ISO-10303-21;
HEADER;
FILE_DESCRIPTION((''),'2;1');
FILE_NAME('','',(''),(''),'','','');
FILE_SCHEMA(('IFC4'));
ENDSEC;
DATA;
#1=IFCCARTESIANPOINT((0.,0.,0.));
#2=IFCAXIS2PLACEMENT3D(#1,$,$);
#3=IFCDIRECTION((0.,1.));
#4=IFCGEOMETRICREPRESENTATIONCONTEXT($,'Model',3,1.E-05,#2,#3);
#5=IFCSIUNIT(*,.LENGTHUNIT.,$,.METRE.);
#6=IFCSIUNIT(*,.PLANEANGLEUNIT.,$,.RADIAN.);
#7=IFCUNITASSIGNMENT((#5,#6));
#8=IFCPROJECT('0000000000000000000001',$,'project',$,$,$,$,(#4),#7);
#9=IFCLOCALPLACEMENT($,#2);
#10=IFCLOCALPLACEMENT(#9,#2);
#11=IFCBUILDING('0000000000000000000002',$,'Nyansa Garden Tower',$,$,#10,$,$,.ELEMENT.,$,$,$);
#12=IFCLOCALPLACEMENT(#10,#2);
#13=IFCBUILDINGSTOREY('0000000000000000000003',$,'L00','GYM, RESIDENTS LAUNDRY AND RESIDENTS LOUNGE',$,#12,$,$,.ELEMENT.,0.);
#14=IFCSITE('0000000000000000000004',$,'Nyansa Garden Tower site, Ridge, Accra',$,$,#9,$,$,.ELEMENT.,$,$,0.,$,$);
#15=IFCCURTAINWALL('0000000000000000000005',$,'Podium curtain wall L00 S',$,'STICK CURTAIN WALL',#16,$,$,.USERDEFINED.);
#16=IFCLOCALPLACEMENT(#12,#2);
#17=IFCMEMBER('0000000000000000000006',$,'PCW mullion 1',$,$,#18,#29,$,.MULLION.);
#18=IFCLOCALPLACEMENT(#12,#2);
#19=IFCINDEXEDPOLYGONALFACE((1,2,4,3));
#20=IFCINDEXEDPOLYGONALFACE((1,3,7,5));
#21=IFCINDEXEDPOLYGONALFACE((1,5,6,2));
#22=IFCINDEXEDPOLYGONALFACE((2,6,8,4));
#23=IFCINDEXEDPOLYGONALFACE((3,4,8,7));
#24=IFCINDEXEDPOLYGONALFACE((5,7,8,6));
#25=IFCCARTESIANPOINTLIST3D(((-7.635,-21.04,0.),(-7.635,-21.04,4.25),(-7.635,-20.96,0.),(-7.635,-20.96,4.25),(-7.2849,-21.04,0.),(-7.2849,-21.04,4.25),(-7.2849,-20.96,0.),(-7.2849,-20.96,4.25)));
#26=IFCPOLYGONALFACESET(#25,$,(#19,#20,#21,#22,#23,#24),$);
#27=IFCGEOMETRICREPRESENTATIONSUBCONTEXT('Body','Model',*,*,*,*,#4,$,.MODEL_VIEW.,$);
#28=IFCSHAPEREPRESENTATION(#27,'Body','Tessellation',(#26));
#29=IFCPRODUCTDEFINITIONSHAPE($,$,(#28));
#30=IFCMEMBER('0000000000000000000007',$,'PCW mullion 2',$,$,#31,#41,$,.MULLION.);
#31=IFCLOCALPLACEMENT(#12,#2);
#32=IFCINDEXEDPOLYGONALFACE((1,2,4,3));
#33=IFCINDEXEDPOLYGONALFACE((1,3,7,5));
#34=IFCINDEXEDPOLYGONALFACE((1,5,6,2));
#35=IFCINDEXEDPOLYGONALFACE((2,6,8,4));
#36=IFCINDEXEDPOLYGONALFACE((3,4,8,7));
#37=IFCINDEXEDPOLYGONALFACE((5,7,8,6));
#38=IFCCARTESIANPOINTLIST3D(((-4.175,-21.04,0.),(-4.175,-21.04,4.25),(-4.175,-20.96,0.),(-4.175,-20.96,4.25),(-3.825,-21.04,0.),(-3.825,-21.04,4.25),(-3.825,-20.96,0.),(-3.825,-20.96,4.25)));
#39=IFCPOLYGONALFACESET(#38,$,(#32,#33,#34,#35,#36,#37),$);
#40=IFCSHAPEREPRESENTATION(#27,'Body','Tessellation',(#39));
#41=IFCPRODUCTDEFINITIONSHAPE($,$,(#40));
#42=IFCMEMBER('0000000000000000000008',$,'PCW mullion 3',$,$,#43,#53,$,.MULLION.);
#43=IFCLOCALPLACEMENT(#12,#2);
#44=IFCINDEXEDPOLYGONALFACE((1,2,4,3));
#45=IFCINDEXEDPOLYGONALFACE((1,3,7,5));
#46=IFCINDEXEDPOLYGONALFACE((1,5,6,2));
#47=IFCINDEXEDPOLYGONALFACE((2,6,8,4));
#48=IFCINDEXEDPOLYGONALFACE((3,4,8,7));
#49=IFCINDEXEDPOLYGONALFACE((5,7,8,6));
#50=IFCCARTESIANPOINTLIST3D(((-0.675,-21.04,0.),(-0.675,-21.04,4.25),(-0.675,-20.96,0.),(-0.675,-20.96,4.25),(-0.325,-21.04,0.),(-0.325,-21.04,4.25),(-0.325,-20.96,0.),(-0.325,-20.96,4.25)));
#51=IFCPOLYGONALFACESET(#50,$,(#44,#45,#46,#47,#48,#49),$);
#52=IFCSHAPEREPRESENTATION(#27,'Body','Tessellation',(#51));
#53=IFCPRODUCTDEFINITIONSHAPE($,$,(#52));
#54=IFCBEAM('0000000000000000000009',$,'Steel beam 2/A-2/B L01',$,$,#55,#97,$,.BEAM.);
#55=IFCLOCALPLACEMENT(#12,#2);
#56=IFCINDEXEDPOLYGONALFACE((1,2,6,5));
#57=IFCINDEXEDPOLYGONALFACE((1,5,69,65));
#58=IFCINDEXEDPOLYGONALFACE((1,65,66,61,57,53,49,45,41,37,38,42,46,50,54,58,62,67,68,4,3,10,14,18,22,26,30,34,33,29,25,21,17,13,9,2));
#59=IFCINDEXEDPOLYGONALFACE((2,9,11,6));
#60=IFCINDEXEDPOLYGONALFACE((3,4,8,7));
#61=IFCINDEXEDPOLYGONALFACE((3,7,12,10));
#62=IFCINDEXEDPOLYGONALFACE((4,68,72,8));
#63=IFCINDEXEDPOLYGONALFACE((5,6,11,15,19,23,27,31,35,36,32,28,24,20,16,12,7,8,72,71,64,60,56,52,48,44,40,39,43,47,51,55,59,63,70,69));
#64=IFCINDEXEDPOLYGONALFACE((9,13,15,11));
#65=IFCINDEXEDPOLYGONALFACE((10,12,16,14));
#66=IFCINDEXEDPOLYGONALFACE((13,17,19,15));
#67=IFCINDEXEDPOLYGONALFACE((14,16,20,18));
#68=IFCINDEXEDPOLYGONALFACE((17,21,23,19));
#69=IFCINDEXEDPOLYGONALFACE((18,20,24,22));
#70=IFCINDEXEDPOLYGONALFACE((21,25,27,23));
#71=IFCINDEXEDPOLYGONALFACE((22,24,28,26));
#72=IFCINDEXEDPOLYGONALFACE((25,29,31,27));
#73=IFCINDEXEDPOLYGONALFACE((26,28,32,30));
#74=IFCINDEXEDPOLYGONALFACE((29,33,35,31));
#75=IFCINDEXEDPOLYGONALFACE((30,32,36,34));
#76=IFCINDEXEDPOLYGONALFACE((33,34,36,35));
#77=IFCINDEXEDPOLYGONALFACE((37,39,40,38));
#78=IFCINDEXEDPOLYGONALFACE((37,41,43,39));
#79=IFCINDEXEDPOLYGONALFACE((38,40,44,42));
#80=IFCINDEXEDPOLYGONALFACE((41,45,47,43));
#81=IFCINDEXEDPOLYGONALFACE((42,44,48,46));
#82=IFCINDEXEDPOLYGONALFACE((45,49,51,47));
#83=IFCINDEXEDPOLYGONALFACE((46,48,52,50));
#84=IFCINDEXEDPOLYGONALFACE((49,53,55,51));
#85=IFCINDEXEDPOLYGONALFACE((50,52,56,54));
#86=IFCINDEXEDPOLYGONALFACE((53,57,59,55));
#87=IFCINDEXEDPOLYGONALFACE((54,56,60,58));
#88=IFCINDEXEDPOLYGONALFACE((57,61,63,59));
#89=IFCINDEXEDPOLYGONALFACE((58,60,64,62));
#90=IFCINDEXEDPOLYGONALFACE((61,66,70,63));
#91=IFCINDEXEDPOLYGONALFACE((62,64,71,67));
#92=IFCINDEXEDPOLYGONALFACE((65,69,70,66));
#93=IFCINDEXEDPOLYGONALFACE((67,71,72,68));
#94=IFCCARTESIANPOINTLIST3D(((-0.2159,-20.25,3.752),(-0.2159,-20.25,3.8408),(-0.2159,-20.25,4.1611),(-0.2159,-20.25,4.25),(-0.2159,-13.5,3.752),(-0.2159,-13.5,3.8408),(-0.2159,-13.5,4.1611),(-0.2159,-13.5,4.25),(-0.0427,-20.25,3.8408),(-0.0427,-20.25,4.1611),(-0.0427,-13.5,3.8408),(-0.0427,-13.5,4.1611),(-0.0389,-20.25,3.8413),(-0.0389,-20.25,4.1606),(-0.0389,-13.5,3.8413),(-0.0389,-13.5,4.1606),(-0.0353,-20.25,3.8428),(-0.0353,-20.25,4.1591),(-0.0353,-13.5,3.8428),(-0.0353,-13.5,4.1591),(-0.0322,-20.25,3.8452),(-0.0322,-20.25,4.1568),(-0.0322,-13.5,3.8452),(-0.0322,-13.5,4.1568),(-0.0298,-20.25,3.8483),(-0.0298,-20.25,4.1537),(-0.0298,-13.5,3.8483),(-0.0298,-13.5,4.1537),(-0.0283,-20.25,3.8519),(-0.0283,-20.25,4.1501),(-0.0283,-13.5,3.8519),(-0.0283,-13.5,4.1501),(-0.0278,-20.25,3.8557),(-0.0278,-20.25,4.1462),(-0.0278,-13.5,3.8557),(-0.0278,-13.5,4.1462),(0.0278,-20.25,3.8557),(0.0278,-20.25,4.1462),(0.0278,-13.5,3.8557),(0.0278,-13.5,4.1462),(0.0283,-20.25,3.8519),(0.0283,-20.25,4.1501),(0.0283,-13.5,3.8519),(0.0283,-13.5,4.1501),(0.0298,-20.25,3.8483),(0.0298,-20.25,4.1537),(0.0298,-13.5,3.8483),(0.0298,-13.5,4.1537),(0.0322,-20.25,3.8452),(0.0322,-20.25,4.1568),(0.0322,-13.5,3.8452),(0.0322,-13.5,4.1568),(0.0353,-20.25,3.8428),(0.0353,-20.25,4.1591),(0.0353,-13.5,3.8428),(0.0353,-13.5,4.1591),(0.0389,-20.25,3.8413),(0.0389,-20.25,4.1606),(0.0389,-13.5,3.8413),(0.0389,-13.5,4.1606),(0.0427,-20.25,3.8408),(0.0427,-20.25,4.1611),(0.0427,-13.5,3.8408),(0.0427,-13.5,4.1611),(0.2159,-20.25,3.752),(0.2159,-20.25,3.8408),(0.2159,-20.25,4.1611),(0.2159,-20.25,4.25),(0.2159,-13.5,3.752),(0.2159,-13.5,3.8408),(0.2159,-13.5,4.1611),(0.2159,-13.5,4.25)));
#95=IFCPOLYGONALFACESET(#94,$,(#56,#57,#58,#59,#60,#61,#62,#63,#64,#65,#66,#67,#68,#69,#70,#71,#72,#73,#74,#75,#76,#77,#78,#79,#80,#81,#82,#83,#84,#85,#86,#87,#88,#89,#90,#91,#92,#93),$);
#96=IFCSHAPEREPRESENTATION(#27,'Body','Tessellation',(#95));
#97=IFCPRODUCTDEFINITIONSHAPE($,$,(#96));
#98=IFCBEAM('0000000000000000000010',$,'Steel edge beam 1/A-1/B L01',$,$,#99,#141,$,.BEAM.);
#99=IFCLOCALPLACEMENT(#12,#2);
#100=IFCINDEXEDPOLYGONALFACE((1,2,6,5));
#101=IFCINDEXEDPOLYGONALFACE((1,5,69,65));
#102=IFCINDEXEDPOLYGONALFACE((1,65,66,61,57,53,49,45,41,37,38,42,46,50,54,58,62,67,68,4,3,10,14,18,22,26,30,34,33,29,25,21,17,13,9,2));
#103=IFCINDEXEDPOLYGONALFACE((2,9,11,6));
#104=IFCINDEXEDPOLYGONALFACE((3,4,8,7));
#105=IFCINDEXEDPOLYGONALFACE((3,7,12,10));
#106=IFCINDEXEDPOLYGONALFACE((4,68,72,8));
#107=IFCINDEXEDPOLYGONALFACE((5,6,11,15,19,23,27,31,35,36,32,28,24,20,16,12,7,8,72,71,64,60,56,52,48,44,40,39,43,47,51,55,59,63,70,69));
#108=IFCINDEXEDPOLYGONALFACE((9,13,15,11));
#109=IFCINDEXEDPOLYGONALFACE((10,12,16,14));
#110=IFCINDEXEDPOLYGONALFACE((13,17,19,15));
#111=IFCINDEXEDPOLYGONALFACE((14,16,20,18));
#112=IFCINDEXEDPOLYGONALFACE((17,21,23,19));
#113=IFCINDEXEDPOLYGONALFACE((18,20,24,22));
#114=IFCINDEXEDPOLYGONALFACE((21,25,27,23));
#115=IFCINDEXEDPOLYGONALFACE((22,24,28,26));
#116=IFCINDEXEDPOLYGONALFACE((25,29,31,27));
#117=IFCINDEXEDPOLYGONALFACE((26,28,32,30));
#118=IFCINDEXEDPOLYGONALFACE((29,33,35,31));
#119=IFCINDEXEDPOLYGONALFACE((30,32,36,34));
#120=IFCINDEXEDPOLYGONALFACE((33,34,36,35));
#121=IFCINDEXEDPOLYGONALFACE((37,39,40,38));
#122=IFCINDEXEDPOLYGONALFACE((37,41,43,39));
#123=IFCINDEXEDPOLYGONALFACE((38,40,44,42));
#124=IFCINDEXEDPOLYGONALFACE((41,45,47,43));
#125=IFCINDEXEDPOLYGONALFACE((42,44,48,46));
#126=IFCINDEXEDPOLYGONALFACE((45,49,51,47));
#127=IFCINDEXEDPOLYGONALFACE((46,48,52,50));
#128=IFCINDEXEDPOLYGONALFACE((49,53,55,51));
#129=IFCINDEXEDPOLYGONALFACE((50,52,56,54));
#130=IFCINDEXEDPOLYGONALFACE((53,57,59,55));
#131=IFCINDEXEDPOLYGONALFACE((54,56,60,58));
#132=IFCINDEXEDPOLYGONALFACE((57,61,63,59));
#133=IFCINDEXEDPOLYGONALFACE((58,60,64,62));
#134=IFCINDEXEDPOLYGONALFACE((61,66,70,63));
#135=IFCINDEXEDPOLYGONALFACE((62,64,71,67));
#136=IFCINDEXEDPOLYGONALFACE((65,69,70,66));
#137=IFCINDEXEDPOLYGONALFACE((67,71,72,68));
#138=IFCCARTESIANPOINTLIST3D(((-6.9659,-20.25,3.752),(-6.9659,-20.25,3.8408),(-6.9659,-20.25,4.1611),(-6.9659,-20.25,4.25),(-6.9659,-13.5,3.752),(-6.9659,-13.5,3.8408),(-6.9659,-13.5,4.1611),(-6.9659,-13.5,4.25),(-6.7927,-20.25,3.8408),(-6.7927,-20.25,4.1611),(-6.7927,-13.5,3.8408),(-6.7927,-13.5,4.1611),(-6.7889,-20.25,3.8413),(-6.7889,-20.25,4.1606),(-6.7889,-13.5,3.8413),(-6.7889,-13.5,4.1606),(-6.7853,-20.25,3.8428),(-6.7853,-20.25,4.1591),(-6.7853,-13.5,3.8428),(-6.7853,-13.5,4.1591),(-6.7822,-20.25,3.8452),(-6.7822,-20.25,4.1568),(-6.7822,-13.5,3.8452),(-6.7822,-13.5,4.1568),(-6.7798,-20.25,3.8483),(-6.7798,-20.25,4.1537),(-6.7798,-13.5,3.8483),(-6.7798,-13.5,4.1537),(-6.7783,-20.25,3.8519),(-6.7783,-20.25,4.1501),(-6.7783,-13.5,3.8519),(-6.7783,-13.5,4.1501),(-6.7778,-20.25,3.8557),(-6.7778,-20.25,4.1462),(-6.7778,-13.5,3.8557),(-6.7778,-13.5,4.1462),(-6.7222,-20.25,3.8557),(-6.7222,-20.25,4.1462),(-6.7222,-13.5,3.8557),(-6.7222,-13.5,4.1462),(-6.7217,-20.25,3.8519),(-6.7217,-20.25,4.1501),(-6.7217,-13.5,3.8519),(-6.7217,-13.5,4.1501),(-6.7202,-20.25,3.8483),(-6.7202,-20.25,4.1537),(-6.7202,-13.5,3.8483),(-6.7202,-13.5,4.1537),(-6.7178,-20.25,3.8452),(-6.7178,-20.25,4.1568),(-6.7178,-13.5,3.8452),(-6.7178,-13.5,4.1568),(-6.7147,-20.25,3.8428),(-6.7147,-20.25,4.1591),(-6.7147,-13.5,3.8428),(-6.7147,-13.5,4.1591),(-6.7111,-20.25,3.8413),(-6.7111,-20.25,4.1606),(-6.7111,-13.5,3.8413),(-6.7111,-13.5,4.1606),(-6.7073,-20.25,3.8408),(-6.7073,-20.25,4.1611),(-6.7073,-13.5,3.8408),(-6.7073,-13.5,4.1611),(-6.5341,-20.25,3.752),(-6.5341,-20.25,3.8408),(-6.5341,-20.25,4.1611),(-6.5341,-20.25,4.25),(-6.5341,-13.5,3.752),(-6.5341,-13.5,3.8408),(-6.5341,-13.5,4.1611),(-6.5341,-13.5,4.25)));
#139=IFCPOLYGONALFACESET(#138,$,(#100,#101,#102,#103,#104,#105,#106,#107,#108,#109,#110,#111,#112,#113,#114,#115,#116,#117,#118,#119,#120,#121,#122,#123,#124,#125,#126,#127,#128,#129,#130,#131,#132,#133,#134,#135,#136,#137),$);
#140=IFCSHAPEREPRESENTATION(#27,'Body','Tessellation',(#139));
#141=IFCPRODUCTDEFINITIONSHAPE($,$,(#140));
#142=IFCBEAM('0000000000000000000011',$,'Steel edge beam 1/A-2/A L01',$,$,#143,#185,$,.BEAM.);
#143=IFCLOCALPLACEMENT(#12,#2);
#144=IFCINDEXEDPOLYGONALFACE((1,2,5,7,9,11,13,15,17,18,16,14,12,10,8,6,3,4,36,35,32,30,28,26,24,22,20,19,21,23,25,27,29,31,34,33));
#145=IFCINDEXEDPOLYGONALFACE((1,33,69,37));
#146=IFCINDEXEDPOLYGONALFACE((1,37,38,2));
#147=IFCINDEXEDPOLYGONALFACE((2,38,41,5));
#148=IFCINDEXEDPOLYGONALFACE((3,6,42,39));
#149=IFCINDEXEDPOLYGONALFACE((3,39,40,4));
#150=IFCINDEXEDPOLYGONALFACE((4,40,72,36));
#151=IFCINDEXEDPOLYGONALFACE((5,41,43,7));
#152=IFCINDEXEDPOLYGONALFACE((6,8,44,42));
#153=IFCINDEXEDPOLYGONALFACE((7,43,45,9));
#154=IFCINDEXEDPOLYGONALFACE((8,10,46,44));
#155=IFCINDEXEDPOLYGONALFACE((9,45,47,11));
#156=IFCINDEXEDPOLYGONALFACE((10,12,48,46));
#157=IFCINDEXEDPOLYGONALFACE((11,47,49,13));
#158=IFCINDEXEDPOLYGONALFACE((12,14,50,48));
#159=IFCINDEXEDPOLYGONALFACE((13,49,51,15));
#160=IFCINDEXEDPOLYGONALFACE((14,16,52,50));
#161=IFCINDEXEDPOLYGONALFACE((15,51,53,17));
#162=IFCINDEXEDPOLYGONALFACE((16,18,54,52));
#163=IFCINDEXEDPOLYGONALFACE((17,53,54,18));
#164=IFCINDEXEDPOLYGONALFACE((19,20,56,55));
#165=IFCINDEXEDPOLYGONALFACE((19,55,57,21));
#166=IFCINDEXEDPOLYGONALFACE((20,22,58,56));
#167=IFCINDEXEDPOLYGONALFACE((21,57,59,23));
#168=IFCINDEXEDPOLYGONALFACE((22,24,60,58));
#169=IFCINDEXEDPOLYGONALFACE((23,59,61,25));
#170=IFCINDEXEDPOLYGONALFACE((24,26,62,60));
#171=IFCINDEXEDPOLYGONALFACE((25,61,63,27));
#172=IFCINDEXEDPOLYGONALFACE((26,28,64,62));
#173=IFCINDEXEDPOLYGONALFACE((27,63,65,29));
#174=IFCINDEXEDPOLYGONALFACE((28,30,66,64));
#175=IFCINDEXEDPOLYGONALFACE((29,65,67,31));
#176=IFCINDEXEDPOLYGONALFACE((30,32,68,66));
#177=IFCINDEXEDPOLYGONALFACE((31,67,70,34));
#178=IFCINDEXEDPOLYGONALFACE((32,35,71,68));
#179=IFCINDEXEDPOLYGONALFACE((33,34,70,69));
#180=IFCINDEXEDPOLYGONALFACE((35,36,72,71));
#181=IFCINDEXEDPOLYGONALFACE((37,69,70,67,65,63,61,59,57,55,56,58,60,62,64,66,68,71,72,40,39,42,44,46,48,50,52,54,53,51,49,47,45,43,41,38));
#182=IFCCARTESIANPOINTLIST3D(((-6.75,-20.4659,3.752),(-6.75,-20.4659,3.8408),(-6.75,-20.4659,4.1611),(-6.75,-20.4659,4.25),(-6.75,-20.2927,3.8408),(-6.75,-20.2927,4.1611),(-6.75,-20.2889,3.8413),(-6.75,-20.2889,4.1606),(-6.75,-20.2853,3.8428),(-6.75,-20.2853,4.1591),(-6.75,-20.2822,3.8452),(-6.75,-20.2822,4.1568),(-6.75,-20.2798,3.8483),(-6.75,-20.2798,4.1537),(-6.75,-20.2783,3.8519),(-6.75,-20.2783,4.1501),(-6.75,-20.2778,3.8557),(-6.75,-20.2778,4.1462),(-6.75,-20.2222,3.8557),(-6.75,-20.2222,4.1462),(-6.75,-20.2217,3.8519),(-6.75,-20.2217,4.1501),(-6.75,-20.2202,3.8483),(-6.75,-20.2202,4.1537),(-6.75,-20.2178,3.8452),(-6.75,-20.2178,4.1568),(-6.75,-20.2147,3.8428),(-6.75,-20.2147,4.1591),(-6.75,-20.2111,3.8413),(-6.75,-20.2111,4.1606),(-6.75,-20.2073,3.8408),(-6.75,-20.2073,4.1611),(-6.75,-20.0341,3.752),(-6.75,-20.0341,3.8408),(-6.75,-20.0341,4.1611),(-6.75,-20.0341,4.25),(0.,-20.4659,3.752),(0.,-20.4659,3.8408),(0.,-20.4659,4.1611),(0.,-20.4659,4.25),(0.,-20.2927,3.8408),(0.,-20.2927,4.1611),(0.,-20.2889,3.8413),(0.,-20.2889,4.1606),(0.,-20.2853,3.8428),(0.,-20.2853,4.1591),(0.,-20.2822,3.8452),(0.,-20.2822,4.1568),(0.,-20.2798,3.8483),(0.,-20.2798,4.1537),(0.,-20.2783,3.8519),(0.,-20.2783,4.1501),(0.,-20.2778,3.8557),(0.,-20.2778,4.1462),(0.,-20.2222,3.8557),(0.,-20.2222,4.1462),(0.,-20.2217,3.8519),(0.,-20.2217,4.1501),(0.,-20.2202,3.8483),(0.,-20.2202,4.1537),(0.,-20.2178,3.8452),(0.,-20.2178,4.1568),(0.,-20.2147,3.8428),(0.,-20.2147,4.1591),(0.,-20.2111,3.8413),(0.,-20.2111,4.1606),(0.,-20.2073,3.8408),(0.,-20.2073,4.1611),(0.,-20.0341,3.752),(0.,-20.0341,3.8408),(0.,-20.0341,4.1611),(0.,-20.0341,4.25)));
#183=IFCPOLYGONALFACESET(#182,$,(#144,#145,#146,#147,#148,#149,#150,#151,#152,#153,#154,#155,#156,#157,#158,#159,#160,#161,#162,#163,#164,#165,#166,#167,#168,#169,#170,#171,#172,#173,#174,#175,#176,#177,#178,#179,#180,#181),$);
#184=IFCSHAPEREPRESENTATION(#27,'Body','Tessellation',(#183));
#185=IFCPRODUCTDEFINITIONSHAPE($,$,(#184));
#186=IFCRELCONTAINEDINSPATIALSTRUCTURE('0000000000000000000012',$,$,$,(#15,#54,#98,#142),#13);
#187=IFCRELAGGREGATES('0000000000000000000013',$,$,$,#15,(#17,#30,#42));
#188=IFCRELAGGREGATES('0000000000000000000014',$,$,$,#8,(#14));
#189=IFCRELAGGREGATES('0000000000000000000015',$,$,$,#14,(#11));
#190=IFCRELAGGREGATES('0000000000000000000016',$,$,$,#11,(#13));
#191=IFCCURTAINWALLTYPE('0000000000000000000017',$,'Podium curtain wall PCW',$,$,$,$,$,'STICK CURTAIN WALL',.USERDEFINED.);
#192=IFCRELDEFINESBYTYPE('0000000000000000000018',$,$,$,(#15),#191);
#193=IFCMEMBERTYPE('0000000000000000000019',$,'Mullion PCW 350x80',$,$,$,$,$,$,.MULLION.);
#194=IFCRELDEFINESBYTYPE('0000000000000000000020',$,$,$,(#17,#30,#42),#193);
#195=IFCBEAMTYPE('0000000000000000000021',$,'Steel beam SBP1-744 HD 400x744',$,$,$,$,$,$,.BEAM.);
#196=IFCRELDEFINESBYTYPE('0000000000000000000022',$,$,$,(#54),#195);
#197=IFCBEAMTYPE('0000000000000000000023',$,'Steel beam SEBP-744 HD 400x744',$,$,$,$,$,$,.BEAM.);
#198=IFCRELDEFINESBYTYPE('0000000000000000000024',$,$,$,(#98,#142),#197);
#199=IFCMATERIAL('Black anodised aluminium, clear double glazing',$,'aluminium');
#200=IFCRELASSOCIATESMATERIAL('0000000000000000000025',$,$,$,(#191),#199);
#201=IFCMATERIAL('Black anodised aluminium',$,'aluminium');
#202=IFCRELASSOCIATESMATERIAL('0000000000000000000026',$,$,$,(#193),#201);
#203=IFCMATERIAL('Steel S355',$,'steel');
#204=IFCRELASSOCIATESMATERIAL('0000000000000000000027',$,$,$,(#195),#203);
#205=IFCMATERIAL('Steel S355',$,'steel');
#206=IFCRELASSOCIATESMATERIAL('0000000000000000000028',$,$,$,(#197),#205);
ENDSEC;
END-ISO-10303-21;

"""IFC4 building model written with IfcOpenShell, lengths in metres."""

from ifc_helpers import new_model, si_unit, direction, frame, origin, origin_2d, place, context, subcontext, project, spatial, rectangle, i_section, extrude, material, material_profile, profile_set, type_object, element, aggregate, save


model = new_model("IFC4")

# Units and contexts
model_context = context("Model", 3, precision=1e-05, world=origin(), true_north=direction((0.0, 1.0)))
body_context = subcontext(model_context, "Body", "Model", "MODEL_VIEW")
ifc_project = project(units=[si_unit("LENGTHUNIT", "METRE"), si_unit("PLANEANGLEUNIT", "RADIAN")], contexts=[model_context])

# Site, building, storey
site_placement = place(None, origin())
site = spatial("IfcSite", under=ifc_project, at=site_placement, Name="Nyansa Garden Tower site, Ridge, Accra", CompositionType="ELEMENT", RefElevation=0.0)
building_placement = place(site_placement, origin())
building = spatial("IfcBuilding", under=site, at=building_placement, Name="Nyansa Garden Tower", CompositionType="ELEMENT")
storey_placement = place(building_placement, origin())
storey = spatial("IfcBuildingStorey", under=building, at=storey_placement, Name="L00", Description="GYM, RESIDENTS LAUNDRY AND RESIDENTS LOUNGE", CompositionType="ELEMENT", Elevation=0.0)

# Curtain wall, members
ifc_material_1 = material(Name="Black anodised aluminium, clear double glazing", Category="aluminium")
curtain_wall_type = type_object("IfcCurtainWallType", Name="Podium curtain wall PCW", ElementType="STICK CURTAIN WALL", PredefinedType="USERDEFINED", material=ifc_material_1)
ifc_material_2 = material(Name="Black anodised aluminium", Category="aluminium")
ifc_material_profile_1 = material_profile(ifc_material_2, rectangle(XDim=0.0801, YDim=0.3501, at=origin_2d()), Name="Mullion 350x80")
ifc_profile_set_1 = profile_set([ifc_material_profile_1], Name="Black anodised aluminium")
member_type_1 = type_object("IfcMemberType", Name="Mullion PCW 350x80", PredefinedType="MULLION", material=ifc_profile_set_1)
curtain_wall_1_placement = place(storey_placement, origin())
curtain_wall_1 = element("IfcCurtainWall", 1, at=curtain_wall_1_placement, inside=storey, type_object=curtain_wall_type, Name="Podium curtain wall L00 S", ObjectType="STICK CURTAIN WALL", PredefinedType="USERDEFINED")
member_1_placement = place(storey_placement, frame((-7.46, -21.0, 0.0), z_axis=(0.0, 0.0, 1.0), x_axis=(0.0, 1.0, 0.0)))
member_1 = element("IfcMember", 2, at=member_1_placement, type_object=member_type_1, Name="PCW mullion 1", PredefinedType="MULLION", context=body_context, shape_type="SweptSolid", body=[
    extrude(rectangle(XDim=0.0801, YDim=0.3501, at=origin_2d()), origin(), (0.0, 0.0, 1.0), 4.25),
])
member_2_placement = place(storey_placement, frame((-4.0, -21.0, 0.0), z_axis=(0.0, 0.0, 1.0), x_axis=(0.0, 1.0, 0.0)))
member_2 = element("IfcMember", 3, at=member_2_placement, type_object=member_type_1, Name="PCW mullion 2", PredefinedType="MULLION", context=body_context, shape_type="SweptSolid", body=[
    extrude(rectangle(XDim=0.0801, YDim=0.3501, at=origin_2d()), origin(), (0.0, 0.0, 1.0), 4.25),
])
member_3_placement = place(storey_placement, frame((-0.5, -21.0, 0.0), z_axis=(0.0, 0.0, 1.0), x_axis=(0.0, 1.0, 0.0)))
member_3 = element("IfcMember", 4, at=member_3_placement, type_object=member_type_1, Name="PCW mullion 3", PredefinedType="MULLION", context=body_context, shape_type="SweptSolid", body=[
    extrude(rectangle(XDim=0.0801, YDim=0.3501, at=origin_2d()), origin(), (0.0, 0.0, 1.0), 4.25),
])

# Beams
ifc_material_3 = material(Name="Steel S355", Category="steel")
ifc_material_profile_2 = material_profile(ifc_material_3, i_section(OverallWidth=0.4319, OverallDepth=0.498, WebThickness=0.0557, FlangeThickness=0.0889, FilletRadius=0.0149, at=origin_2d()), Name="HD 400x744")
ifc_profile_set_2 = profile_set([ifc_material_profile_2], Name="Steel S355")
beam_type_1 = type_object("IfcBeamType", Name="Steel beam SBP1-744 HD 400x744", PredefinedType="BEAM", material=ifc_profile_set_2)
beam_placement = place(storey_placement, frame((0.0, -20.25, 4.001), z_axis=(0.0, 1.0, 0.0), x_axis=(-1.0, 0.0, 0.0)))
element("IfcBeam", 5, at=beam_placement, inside=storey, type_object=beam_type_1, Name="Steel beam 2/A-2/B L01", PredefinedType="BEAM", context=body_context, shape_type="SweptSolid", body=[
    extrude(i_section(OverallWidth=0.4319, OverallDepth=0.498, WebThickness=0.0557, FlangeThickness=0.0889, FilletRadius=0.0149, at=origin_2d()), origin(), (0.0, 0.0, 1.0), 6.75),
])
ifc_material_4 = material(Name="Steel S355", Category="steel")
ifc_material_profile_3 = material_profile(ifc_material_4, i_section(OverallWidth=0.4319, OverallDepth=0.498, WebThickness=0.0557, FlangeThickness=0.0889, FilletRadius=0.0149, at=origin_2d()), Name="HD 400x744")
ifc_profile_set_3 = profile_set([ifc_material_profile_3], Name="Steel S355")
beam_type_2 = type_object("IfcBeamType", Name="Steel beam SEBP-744 HD 400x744", PredefinedType="BEAM", material=ifc_profile_set_3)
for number, where, z_axis, x_axis, name in (
    (6, (-6.75, -20.25, 4.001), (0.0, 1.0, 0.0), (-1.0, 0.0, 0.0), "Steel edge beam 1/A-1/B L01"),
    (7, (-6.75, -20.25, 4.001), (1.0, 0.0, 0.0), (0.0, 1.0, 0.0), "Steel edge beam 1/A-2/A L01"),
):
    element("IfcBeam", number, at=place(storey_placement, frame(where, z_axis=z_axis, x_axis=x_axis)), inside=storey, type_object=beam_type_2, Name=name, PredefinedType="BEAM", context=body_context, shape_type="SweptSolid", body=[
        extrude(i_section(OverallWidth=0.4319, OverallDepth=0.498, WebThickness=0.0557, FlangeThickness=0.0889, FilletRadius=0.0149, at=origin_2d()), origin(), (0.0, 0.0, 1.0), 6.75),
    ])

aggregate(curtain_wall_1, [member_1, member_2, member_3])

save(model, "model.ifc")
